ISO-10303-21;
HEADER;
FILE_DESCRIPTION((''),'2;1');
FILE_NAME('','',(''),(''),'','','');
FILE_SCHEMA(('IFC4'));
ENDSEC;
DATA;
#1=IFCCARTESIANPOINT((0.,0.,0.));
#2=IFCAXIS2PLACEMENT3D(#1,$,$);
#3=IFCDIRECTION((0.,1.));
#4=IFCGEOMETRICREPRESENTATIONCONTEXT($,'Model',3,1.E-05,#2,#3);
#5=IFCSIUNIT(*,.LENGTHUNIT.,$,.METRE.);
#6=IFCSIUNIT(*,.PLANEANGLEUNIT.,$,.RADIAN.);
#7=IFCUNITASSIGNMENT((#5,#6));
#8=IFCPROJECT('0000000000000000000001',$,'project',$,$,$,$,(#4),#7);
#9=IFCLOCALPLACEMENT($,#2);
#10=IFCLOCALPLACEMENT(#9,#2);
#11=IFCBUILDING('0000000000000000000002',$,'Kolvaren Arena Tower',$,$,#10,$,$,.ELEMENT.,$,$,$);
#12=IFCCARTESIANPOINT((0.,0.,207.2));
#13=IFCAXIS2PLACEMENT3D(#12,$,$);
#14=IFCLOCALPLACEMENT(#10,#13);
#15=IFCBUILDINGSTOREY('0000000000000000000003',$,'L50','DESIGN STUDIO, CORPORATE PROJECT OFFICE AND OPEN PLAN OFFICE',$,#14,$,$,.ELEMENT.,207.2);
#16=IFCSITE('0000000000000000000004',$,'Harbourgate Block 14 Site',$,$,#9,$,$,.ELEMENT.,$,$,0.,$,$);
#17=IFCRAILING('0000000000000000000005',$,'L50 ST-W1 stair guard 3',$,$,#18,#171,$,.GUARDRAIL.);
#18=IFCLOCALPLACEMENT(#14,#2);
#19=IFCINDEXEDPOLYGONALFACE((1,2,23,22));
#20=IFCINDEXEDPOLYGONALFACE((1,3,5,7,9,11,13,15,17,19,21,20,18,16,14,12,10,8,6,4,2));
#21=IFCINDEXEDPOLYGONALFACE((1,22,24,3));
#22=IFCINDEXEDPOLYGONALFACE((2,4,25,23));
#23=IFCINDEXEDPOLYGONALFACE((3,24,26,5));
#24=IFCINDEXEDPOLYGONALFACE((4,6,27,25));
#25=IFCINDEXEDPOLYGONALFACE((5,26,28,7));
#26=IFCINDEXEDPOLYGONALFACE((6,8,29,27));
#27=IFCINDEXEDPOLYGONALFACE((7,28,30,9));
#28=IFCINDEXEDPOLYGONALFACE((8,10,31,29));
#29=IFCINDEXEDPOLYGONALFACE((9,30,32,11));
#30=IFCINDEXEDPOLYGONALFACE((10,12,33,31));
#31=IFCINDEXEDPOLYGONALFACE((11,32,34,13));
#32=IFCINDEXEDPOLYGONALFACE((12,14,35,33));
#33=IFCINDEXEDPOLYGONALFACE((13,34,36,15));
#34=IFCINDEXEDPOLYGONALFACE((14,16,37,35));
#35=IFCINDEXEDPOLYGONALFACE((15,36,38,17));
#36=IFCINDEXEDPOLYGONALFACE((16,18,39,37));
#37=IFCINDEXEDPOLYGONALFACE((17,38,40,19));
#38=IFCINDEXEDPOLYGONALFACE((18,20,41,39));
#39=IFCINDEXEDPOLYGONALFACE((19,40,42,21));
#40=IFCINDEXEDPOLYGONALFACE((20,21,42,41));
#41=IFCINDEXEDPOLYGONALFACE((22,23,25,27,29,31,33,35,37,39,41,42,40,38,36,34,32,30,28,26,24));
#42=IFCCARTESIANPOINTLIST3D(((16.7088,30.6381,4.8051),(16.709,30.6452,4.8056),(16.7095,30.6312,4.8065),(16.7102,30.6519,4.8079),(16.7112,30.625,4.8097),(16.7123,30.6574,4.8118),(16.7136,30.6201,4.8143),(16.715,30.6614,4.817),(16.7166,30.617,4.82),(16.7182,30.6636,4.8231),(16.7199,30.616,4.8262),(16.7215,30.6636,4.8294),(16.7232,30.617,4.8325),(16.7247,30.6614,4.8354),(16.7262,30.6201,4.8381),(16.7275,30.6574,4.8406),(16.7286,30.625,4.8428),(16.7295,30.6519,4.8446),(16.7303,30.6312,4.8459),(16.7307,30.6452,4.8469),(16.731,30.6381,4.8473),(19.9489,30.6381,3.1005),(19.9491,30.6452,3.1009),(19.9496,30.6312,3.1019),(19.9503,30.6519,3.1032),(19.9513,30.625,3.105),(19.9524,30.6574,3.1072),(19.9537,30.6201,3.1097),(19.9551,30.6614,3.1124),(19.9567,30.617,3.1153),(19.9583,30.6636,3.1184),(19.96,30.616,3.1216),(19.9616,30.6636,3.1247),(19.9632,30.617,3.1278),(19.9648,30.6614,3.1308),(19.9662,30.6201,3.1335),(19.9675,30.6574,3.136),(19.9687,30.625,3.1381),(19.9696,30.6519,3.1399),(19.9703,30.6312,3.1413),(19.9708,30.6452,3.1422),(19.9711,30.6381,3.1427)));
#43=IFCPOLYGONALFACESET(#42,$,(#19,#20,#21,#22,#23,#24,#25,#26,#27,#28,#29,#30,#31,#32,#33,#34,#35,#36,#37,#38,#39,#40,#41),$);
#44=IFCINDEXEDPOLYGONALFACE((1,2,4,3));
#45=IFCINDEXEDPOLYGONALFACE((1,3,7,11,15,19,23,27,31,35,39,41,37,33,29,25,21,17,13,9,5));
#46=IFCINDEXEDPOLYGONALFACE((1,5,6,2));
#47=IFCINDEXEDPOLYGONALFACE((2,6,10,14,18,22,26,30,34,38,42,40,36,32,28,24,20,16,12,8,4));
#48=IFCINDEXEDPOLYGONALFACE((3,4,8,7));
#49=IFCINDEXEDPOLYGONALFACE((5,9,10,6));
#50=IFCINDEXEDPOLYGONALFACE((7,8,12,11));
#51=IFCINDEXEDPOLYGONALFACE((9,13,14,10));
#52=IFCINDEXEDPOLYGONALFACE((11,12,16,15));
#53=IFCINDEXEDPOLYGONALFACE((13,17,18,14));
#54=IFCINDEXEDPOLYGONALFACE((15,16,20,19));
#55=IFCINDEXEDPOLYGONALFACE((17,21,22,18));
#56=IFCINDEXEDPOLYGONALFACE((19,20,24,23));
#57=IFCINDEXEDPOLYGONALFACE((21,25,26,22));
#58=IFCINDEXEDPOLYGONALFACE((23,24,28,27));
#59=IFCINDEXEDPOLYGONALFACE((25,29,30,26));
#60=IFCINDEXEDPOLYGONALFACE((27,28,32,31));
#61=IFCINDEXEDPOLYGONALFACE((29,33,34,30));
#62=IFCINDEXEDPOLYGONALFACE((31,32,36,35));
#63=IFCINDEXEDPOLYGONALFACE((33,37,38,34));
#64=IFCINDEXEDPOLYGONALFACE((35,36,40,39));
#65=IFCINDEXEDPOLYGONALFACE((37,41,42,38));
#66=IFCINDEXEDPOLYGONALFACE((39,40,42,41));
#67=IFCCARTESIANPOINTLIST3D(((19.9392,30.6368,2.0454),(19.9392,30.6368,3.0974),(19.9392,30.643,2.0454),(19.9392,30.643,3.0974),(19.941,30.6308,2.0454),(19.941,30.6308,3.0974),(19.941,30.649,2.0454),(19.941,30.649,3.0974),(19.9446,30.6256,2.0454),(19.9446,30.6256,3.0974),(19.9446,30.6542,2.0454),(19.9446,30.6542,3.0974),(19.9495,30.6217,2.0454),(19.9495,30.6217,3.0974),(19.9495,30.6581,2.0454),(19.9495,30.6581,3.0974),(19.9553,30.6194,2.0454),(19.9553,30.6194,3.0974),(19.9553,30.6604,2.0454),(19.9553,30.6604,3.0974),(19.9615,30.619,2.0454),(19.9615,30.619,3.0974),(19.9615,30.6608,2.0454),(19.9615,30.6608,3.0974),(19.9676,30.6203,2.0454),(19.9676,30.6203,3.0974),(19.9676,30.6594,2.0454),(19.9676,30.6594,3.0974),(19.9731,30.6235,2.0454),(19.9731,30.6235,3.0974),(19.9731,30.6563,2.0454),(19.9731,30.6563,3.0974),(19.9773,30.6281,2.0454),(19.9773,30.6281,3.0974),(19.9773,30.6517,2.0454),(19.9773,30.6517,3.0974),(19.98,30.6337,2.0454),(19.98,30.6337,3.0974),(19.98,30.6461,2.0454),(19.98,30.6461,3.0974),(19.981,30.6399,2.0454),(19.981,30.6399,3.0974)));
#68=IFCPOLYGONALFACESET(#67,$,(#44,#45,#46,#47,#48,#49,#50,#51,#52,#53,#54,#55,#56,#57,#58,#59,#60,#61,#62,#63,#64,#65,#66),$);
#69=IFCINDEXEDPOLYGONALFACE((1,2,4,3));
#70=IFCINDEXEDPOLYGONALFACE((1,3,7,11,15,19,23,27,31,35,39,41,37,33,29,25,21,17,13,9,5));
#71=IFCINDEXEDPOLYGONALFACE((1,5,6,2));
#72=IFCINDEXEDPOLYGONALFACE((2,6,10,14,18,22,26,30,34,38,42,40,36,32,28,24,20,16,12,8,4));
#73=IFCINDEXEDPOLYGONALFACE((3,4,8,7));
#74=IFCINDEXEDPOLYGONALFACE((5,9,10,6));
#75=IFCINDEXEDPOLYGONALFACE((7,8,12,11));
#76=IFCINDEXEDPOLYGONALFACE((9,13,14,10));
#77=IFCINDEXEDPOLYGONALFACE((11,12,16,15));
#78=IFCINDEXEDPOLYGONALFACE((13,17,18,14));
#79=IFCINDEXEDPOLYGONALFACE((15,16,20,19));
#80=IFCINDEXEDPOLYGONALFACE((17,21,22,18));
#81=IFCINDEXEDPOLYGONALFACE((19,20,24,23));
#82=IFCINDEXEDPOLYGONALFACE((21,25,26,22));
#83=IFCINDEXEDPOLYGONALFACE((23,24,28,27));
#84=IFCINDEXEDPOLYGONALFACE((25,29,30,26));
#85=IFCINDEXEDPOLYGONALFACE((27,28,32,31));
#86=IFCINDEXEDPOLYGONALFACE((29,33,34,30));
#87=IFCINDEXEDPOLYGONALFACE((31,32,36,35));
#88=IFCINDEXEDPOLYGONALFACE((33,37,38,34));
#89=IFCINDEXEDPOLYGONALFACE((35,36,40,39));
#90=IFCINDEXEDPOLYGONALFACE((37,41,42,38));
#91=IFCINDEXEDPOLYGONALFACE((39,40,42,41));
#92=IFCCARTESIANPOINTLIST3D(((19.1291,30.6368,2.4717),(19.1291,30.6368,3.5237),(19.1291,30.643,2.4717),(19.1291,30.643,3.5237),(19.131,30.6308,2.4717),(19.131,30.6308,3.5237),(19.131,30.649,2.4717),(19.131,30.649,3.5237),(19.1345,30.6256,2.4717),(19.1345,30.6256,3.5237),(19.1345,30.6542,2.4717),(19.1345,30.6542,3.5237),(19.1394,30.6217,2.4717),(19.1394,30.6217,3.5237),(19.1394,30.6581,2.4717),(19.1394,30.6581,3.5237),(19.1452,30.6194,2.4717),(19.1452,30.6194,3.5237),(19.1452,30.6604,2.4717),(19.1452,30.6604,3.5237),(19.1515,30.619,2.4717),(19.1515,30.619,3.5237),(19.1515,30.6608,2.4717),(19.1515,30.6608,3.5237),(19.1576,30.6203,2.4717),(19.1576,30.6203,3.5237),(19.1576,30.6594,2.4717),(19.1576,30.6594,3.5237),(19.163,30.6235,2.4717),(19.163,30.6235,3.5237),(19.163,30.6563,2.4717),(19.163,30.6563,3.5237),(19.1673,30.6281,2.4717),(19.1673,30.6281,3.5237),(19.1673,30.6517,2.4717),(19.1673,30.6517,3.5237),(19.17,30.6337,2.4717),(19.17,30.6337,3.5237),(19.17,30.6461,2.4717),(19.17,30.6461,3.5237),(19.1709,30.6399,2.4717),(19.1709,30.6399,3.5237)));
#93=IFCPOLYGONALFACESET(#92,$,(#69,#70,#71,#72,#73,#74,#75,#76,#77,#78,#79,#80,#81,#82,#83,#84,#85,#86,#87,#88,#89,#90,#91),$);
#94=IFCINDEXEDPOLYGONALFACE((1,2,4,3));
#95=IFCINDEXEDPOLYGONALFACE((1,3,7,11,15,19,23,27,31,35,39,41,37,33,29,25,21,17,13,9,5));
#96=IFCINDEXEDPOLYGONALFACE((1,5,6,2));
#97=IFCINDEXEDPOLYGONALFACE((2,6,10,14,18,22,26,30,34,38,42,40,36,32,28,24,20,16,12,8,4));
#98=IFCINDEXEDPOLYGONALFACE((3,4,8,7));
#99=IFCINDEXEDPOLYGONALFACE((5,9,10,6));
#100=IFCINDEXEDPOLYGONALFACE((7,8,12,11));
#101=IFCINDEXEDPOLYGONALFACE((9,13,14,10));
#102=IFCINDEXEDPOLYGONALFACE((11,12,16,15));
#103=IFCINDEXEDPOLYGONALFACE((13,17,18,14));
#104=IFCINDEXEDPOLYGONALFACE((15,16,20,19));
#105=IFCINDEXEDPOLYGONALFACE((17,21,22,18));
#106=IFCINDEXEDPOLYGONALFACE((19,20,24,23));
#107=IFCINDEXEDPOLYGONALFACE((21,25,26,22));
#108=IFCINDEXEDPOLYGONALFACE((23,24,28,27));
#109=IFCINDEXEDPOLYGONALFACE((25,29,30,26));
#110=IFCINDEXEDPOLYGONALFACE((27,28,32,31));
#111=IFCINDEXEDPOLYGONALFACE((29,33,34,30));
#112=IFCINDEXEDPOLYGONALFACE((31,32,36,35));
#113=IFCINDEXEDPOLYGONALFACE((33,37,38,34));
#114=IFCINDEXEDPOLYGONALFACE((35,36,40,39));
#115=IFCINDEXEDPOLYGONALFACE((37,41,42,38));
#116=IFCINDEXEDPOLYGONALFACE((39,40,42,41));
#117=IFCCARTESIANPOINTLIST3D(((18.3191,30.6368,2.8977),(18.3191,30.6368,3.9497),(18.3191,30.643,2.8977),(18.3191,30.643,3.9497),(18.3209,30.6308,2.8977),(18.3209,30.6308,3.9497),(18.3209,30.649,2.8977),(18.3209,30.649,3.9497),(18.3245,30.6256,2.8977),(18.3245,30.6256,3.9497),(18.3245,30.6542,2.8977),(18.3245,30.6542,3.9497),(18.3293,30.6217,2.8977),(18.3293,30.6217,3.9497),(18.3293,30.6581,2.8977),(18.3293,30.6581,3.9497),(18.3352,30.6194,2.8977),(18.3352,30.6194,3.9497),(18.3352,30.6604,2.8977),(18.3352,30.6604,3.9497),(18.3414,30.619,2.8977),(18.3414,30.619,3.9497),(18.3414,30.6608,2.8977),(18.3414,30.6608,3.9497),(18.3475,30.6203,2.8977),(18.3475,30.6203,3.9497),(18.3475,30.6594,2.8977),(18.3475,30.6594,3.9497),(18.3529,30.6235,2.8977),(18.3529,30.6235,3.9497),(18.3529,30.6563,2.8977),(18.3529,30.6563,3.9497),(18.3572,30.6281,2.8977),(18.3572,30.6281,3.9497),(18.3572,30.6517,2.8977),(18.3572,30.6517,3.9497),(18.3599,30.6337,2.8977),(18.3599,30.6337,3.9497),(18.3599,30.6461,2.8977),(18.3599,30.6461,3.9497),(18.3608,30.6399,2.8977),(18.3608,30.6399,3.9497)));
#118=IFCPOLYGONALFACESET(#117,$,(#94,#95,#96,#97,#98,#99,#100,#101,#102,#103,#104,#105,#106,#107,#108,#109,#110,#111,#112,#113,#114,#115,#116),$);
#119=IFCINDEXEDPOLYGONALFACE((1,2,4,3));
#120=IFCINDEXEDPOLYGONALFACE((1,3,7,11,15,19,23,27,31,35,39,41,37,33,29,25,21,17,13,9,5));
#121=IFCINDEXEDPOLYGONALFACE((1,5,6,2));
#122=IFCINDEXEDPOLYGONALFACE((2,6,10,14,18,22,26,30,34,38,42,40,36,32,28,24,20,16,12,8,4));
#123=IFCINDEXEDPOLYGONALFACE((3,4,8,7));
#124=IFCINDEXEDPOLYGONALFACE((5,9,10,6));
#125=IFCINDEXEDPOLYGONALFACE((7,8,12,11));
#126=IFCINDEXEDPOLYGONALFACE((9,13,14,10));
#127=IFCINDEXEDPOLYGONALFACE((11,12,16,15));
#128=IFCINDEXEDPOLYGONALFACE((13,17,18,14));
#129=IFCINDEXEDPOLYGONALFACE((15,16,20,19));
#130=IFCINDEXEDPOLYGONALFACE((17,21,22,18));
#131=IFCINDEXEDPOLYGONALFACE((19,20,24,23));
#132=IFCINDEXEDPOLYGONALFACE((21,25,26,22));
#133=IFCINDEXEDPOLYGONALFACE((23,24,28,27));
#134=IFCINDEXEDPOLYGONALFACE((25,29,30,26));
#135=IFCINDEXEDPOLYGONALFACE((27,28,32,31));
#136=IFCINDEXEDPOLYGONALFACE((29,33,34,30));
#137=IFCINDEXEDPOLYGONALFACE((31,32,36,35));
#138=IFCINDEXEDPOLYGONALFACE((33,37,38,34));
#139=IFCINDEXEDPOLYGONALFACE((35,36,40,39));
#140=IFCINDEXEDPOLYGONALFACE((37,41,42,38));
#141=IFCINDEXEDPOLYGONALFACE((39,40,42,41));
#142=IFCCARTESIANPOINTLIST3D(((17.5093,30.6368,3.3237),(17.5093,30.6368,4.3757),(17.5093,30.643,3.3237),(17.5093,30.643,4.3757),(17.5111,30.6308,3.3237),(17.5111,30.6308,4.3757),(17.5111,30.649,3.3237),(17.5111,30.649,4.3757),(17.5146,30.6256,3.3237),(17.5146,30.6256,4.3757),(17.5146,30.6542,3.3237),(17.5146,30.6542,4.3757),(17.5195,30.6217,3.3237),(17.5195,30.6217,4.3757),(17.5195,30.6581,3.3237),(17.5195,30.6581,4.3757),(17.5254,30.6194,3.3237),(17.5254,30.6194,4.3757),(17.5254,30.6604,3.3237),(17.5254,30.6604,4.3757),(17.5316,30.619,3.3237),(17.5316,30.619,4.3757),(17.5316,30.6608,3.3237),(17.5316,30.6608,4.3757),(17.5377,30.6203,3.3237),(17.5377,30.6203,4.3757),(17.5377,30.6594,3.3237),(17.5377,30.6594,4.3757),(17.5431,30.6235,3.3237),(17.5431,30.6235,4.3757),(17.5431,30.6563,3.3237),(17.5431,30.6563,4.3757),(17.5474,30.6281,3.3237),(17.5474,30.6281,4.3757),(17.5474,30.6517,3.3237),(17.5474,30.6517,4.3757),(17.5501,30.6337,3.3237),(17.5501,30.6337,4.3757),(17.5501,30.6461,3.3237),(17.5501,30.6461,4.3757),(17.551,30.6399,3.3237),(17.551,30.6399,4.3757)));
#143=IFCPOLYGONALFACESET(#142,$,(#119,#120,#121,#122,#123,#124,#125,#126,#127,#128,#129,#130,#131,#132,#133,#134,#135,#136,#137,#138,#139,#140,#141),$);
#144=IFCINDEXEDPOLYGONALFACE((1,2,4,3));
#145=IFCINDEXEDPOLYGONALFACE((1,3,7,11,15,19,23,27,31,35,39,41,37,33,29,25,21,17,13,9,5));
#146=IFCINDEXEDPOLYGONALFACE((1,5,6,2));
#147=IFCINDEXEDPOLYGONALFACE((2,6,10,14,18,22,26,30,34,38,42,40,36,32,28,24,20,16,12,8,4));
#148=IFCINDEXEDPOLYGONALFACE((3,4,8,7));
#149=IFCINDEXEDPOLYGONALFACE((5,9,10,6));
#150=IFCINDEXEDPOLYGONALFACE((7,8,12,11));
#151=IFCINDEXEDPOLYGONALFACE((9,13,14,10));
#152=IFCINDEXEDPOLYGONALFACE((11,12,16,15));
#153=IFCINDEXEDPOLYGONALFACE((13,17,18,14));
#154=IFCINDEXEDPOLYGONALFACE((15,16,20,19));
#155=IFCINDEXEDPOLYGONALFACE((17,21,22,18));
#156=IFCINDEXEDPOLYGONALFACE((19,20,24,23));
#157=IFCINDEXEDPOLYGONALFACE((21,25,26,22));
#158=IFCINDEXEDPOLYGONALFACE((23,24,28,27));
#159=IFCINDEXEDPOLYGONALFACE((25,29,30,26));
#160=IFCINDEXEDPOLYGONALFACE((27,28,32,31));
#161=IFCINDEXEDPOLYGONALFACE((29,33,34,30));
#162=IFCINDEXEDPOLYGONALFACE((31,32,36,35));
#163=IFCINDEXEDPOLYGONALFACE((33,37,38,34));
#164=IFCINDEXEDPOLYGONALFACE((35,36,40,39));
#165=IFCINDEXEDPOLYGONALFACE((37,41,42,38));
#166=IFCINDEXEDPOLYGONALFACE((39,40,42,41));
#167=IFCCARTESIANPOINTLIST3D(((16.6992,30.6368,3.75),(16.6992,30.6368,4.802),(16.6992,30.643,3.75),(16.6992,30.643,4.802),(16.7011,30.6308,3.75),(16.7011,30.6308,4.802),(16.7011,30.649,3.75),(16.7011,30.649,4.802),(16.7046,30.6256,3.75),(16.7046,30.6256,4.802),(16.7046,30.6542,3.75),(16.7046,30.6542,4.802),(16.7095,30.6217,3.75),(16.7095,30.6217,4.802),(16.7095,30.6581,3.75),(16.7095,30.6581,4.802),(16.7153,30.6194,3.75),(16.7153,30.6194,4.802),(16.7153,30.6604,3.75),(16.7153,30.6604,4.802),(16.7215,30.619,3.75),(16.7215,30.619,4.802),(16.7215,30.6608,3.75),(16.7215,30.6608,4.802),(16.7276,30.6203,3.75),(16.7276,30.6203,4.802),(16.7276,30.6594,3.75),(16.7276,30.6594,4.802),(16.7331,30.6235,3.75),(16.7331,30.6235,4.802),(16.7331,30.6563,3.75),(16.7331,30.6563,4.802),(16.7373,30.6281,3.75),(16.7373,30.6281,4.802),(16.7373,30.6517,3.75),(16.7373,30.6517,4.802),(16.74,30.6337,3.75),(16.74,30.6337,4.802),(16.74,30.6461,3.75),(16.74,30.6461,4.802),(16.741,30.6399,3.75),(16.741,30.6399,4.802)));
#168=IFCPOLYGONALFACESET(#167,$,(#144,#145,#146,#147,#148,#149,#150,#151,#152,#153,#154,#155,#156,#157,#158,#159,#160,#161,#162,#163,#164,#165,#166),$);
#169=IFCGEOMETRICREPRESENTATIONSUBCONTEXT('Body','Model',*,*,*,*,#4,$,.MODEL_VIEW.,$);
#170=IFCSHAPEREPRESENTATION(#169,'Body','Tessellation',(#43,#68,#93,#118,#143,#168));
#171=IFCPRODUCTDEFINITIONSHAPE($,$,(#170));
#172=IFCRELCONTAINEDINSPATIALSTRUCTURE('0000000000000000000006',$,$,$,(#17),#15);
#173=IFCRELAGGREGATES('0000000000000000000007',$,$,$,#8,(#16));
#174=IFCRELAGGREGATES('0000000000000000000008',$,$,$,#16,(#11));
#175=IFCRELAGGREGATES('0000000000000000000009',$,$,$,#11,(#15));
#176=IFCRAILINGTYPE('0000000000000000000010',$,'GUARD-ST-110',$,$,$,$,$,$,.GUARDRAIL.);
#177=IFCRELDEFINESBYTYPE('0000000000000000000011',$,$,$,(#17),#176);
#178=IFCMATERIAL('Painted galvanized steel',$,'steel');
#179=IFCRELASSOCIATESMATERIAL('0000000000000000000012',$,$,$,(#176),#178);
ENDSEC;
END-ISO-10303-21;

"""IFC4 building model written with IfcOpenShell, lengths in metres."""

from ifc_helpers import new_model, si_unit, direction, frame, origin, origin_2d, place, context, subcontext, project, spatial, circle, extrude, material, type_object, element, save


model = new_model("IFC4")

# Units and contexts
model_context = context("Model", 3, precision=1e-05, world=origin(), true_north=direction((0.0, 1.0)))
body_context = subcontext(model_context, "Body", "Model", "MODEL_VIEW")
ifc_project = project(units=[si_unit("LENGTHUNIT", "METRE"), si_unit("PLANEANGLEUNIT", "RADIAN")], contexts=[model_context])

# Site, building, storey
site_placement = place(None, origin())
site = spatial("IfcSite", under=ifc_project, at=site_placement, Name="Harbourgate Block 14 Site", CompositionType="ELEMENT", RefElevation=0.0)
building_placement = place(site_placement, origin())
building = spatial("IfcBuilding", under=site, at=building_placement, Name="Kolvaren Arena Tower", CompositionType="ELEMENT")
storey_placement = place(building_placement, frame((0.0, 0.0, 207.2)))
storey = spatial("IfcBuildingStorey", under=building, at=storey_placement, Name="L50", Description="DESIGN STUDIO, CORPORATE PROJECT OFFICE AND OPEN PLAN OFFICE", CompositionType="ELEMENT", Elevation=207.2)

# Railing
ifc_material_1 = material(Name="Painted galvanized steel", Category="steel")
railing_type_1 = type_object("IfcRailingType", Name="GUARD-ST-110", PredefinedType="GUARDRAIL", material=ifc_material_1)
railing_1_placement = place(storey_placement, frame((19.96, 30.6399, 2.0454)))
element("IfcRailing", 1, at=railing_1_placement, inside=storey, type_object=railing_type_1, Name="L50 ST-W1 stair guard 3", PredefinedType="GUARDRAIL", context=body_context, shape_type="SweptSolid", body=[
    extrude(circle(Radius=0.0239, at=origin_2d()), frame((0.0, 0.0, 1.0762), z_axis=(-0.884993, 0.0, 0.465604), x_axis=(0.0, -1.0, 0.0)), (0.0, 0.0, 1.0), 3.6611),
    extrude(circle(Radius=0.021, at=origin_2d()), origin(), (0.0, 0.0, 1.0), 1.052),
    extrude(circle(Radius=0.021, at=origin_2d()), frame((-0.8101, 0.0, 0.4263)), (0.0, 0.0, 1.0), 1.052),
    extrude(circle(Radius=0.021, at=origin_2d()), frame((-1.6201, 0.0, 0.8523)), (0.0, 0.0, 1.0), 1.052),
    extrude(circle(Radius=0.021, at=origin_2d()), frame((-2.4299, 0.0, 1.2783)), (0.0, 0.0, 1.0), 1.052),
    extrude(circle(Radius=0.021, at=origin_2d()), frame((-3.24, 0.0, 1.7046)), (0.0, 0.0, 1.0), 1.052),
])

save(model, "model.ifc")
